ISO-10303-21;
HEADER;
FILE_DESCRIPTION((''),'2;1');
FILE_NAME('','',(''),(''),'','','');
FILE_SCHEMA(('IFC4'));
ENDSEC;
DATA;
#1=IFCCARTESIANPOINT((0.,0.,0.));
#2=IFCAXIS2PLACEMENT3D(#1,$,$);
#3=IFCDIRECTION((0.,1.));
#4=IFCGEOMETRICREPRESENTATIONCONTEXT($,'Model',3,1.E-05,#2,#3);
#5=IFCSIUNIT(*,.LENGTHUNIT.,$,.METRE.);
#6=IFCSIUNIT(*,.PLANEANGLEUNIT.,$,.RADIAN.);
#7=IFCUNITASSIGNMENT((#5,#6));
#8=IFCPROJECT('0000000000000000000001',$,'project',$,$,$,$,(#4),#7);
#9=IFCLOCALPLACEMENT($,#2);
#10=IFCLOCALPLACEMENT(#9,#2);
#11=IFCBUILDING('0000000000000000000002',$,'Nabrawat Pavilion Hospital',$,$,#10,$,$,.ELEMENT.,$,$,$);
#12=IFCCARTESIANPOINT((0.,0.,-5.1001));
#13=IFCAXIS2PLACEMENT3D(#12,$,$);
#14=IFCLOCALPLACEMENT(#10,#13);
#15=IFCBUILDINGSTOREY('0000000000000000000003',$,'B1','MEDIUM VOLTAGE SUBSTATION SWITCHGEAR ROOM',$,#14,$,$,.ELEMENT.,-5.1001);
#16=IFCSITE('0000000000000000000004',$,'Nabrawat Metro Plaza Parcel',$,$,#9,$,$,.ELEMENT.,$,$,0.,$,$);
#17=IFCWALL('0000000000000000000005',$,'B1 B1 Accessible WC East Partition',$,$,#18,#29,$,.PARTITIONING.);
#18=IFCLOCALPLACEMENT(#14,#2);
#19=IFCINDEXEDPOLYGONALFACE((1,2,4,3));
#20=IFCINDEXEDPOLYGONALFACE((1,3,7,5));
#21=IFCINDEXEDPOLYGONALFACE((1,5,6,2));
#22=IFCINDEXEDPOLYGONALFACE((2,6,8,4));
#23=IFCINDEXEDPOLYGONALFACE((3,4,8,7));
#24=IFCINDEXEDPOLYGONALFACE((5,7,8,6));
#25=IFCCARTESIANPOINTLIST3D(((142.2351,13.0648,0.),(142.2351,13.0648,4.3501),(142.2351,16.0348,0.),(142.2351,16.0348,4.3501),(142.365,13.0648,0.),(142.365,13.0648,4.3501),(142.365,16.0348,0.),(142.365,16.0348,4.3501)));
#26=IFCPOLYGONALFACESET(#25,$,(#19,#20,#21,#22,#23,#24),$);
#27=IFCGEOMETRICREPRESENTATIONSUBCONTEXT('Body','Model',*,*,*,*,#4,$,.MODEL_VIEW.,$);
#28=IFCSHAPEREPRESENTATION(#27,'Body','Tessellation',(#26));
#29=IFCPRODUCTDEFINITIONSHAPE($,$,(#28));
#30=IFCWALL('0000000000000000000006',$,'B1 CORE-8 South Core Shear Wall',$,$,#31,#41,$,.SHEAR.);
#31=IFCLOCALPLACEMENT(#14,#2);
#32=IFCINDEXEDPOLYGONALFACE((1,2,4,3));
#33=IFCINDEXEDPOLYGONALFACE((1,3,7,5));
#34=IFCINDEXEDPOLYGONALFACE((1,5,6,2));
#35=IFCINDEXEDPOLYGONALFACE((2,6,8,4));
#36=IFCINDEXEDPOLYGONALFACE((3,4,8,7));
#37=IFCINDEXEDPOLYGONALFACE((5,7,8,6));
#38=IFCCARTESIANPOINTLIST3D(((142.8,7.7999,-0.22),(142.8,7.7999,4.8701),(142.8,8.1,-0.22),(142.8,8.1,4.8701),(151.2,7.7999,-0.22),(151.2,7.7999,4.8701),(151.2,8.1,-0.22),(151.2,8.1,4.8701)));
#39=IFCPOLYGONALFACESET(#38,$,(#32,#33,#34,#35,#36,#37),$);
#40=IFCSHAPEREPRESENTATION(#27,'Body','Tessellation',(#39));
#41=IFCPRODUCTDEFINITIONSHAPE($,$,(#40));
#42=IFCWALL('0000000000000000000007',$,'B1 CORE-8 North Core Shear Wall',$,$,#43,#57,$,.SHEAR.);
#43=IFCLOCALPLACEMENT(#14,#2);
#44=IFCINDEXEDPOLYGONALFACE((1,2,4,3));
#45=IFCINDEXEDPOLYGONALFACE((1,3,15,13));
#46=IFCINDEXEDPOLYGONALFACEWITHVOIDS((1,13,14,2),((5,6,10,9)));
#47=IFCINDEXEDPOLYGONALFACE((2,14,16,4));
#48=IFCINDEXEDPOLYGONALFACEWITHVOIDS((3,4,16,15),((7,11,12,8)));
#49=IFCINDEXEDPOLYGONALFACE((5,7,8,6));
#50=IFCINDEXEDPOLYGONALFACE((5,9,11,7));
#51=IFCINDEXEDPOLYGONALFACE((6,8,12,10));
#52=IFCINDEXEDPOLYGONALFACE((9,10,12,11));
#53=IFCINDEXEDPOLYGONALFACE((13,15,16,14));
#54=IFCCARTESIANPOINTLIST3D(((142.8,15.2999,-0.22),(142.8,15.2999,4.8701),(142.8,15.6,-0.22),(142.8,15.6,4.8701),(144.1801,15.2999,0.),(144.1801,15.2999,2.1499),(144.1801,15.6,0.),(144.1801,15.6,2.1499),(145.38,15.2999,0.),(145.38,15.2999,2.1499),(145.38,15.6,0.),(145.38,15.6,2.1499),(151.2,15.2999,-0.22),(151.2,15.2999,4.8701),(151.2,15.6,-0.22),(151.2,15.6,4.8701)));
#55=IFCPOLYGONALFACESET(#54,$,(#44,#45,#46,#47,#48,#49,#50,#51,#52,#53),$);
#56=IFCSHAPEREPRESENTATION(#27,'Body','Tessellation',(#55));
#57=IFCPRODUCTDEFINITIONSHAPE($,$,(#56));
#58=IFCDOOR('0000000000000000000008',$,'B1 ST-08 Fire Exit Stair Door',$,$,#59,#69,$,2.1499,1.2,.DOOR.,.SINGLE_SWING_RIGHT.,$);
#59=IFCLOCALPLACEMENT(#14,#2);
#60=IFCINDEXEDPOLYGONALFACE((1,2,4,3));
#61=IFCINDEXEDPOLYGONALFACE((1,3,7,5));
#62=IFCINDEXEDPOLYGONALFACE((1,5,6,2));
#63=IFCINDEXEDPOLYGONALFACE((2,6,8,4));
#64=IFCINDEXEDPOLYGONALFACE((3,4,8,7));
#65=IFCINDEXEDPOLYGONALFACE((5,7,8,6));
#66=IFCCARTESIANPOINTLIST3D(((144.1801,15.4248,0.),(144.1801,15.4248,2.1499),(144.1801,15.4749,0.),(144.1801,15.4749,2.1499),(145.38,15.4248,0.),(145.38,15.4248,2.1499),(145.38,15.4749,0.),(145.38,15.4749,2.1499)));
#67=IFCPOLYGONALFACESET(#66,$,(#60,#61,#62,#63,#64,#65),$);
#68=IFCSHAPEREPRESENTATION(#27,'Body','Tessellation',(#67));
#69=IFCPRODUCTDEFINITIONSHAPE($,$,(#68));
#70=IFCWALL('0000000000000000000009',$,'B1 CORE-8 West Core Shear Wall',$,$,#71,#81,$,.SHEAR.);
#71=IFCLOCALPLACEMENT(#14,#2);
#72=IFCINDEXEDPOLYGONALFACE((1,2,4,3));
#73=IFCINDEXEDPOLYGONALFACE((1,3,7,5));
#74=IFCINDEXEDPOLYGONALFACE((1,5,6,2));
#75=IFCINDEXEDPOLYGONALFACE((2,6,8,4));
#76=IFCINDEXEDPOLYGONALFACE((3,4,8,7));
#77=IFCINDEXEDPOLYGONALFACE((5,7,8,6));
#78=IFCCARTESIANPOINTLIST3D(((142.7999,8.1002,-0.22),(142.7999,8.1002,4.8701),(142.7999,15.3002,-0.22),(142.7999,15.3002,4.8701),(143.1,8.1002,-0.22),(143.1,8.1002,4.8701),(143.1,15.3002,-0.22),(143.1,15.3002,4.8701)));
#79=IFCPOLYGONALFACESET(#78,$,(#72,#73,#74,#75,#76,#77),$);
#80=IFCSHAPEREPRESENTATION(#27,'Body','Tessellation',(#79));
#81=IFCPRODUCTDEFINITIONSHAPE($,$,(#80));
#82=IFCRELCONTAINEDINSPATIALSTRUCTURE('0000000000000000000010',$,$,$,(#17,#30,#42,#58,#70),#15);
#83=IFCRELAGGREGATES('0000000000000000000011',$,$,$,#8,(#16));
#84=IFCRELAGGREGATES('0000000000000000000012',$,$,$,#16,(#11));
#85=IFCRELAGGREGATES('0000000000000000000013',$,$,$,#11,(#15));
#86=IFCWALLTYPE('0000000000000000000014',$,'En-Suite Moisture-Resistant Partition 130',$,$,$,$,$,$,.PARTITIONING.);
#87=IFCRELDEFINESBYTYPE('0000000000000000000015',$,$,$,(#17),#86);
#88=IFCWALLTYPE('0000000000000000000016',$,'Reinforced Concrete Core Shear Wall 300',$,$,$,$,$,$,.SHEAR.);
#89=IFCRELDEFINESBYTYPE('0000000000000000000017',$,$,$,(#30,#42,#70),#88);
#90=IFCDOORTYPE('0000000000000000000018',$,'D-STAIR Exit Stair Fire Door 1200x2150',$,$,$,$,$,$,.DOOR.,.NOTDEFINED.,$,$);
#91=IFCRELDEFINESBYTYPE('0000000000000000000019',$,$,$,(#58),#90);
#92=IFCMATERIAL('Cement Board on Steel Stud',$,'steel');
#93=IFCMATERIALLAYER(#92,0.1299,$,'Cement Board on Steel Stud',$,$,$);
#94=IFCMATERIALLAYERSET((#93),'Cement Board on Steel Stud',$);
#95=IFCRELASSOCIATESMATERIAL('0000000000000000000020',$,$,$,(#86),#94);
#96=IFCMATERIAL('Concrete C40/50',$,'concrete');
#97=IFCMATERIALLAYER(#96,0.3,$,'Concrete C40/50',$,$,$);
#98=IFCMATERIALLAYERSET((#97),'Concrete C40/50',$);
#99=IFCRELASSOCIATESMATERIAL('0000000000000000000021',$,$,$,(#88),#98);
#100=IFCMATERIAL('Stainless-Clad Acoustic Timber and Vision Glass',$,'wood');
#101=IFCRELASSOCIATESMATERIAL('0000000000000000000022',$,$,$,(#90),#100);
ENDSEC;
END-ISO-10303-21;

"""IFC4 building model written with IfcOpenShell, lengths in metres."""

from ifc_helpers import new_model, si_unit, direction, frame, frame_2d, origin, place, context, subcontext, project, spatial, rectangle, extrude, material, layer, layer_set, type_object, element, fill, save


model = new_model("IFC4")

# Units and contexts
model_context = context("Model", 3, precision=1e-05, world=origin(), true_north=direction((0.0, 1.0)))
body_context = subcontext(model_context, "Body", "Model", "MODEL_VIEW")
ifc_project = project(units=[si_unit("LENGTHUNIT", "METRE"), si_unit("PLANEANGLEUNIT", "RADIAN")], contexts=[model_context])

# Site, building, storey
site_placement = place(None, origin())
site = spatial("IfcSite", under=ifc_project, at=site_placement, Name="Nabrawat Metro Plaza Parcel", CompositionType="ELEMENT", RefElevation=0.0)
building_placement = place(site_placement, origin())
building = spatial("IfcBuilding", under=site, at=building_placement, Name="Nabrawat Pavilion Hospital", CompositionType="ELEMENT")
storey_placement = place(building_placement, frame((0.0, 0.0, -5.1001)))
storey = spatial("IfcBuildingStorey", under=building, at=storey_placement, Name="B1", Description="MEDIUM VOLTAGE SUBSTATION SWITCHGEAR ROOM", CompositionType="ELEMENT", Elevation=-5.1001)

# Shared definitions
ifc_material_1 = material(Name="Concrete C40/50", Category="concrete")

# Shared definitions
ifc_material_2 = material(Name="Stainless-Clad Acoustic Timber and Vision Glass", Category="wood")

# Walls
ifc_material_3 = material(Name="Cement Board on Steel Stud", Category="steel")
ifc_layer_1 = layer(ifc_material_3, 0.1299, Name="Cement Board on Steel Stud")
ifc_layer_set_1 = layer_set([ifc_layer_1], Name="Cement Board on Steel Stud")
wall_type_1 = type_object("IfcWallType", Name="En-Suite Moisture-Resistant Partition 130", PredefinedType="PARTITIONING", material=ifc_layer_set_1)
wall_1_placement = place(storey_placement, frame((142.3, 13.0649, 0.0), z_axis=(0.0, 0.0, 1.0), x_axis=(0.0, 1.0, 0.0)))
element("IfcWall", 1, at=wall_1_placement, inside=storey, type_object=wall_type_1, Name="B1 B1 Accessible WC East Partition", PredefinedType="PARTITIONING", context=body_context, shape_type="SweptSolid", body=[
    extrude(rectangle(XDim=2.97, YDim=0.1299, at=frame_2d((1.4849, 0.0))), origin(), (0.0, 0.0, 1.0), 4.3501),
])
ifc_layer_2 = layer(ifc_material_1, 0.3, Name="Concrete C40/50")
ifc_layer_set_2 = layer_set([ifc_layer_2], Name="Concrete C40/50")
wall_type_2 = type_object("IfcWallType", Name="Reinforced Concrete Core Shear Wall 300", PredefinedType="SHEAR", material=ifc_layer_set_2)
wall_2_placement = place(storey_placement, frame((142.8, 7.95, -0.22), z_axis=(0.0, 0.0, 1.0), x_axis=(1.0, 0.0, 0.0)))
element("IfcWall", 2, at=wall_2_placement, inside=storey, type_object=wall_type_2, Name="B1 CORE-8 South Core Shear Wall", PredefinedType="SHEAR", context=body_context, shape_type="SweptSolid", body=[
    extrude(rectangle(XDim=8.3999, YDim=0.3, at=frame_2d((4.2, 0.0))), origin(), (0.0, 0.0, 1.0), 5.0901),
])

# Wall, opening, door
wall_3_placement = place(storey_placement, frame((142.8, 15.45, -0.22), z_axis=(0.0, 0.0, 1.0), x_axis=(1.0, 0.0, 0.0)))
wall_3 = element("IfcWall", 3, at=wall_3_placement, inside=storey, type_object=wall_type_2, Name="B1 CORE-8 North Core Shear Wall", PredefinedType="SHEAR", context=body_context, shape_type="SweptSolid", body=[
    extrude(rectangle(XDim=8.3999, YDim=0.3, at=frame_2d((4.2, 0.0))), origin(), (0.0, 0.0, 1.0), 5.0901),
])
opening_1_placement = place(wall_3_placement, frame((1.3799, 0.0, 0.22)))
opening_1 = element("IfcOpeningElement", 4, at=opening_1_placement, cuts=wall_3, PredefinedType="OPENING", context=body_context, shape_type="SweptSolid", body=[
    extrude(rectangle(XDim=1.2, YDim=2.1499, at=frame_2d((0.6001, 1.075))), frame((0.0, 0.1602, 0.0), z_axis=(0.0, -1.0, 0.0), x_axis=(1.0, 0.0, 0.0)), (0.0, 0.0, 1.0), 0.3201),
])
door_type_1 = type_object("IfcDoorType", Name="D-STAIR Exit Stair Fire Door 1200x2150", OperationType="NOTDEFINED", PredefinedType="DOOR", material=ifc_material_2)
door_1_placement = place(opening_1_placement, origin())
door_1 = element("IfcDoor", 5, at=door_1_placement, inside=storey, type_object=door_type_1, Name="B1 ST-08 Fire Exit Stair Door", OperationType="SINGLE_SWING_RIGHT", OverallHeight=2.1499, OverallWidth=1.2, PredefinedType="DOOR", context=body_context, shape_type="SweptSolid", body=[
    extrude(rectangle(XDim=1.2, YDim=2.1499, at=frame_2d((0.6001, 1.075))), frame((0.0, 0.0249, 0.0), z_axis=(0.0, -1.0, 0.0), x_axis=(1.0, 0.0, 0.0)), (0.0, 0.0, 1.0), 0.05),
])
fill(opening_1, door_1)

# Wall
wall_4_placement = place(storey_placement, frame((142.95, 8.1001, -0.22), z_axis=(0.0, 0.0, 1.0), x_axis=(0.0, 1.0, 0.0)))
element("IfcWall", 6, at=wall_4_placement, inside=storey, type_object=wall_type_2, Name="B1 CORE-8 West Core Shear Wall", PredefinedType="SHEAR", context=body_context, shape_type="SweptSolid", body=[
    extrude(rectangle(XDim=7.2, YDim=0.3, at=frame_2d((3.6001, 0.0))), origin(), (0.0, 0.0, 1.0), 5.0901),
])

save(model, "model.ifc")
